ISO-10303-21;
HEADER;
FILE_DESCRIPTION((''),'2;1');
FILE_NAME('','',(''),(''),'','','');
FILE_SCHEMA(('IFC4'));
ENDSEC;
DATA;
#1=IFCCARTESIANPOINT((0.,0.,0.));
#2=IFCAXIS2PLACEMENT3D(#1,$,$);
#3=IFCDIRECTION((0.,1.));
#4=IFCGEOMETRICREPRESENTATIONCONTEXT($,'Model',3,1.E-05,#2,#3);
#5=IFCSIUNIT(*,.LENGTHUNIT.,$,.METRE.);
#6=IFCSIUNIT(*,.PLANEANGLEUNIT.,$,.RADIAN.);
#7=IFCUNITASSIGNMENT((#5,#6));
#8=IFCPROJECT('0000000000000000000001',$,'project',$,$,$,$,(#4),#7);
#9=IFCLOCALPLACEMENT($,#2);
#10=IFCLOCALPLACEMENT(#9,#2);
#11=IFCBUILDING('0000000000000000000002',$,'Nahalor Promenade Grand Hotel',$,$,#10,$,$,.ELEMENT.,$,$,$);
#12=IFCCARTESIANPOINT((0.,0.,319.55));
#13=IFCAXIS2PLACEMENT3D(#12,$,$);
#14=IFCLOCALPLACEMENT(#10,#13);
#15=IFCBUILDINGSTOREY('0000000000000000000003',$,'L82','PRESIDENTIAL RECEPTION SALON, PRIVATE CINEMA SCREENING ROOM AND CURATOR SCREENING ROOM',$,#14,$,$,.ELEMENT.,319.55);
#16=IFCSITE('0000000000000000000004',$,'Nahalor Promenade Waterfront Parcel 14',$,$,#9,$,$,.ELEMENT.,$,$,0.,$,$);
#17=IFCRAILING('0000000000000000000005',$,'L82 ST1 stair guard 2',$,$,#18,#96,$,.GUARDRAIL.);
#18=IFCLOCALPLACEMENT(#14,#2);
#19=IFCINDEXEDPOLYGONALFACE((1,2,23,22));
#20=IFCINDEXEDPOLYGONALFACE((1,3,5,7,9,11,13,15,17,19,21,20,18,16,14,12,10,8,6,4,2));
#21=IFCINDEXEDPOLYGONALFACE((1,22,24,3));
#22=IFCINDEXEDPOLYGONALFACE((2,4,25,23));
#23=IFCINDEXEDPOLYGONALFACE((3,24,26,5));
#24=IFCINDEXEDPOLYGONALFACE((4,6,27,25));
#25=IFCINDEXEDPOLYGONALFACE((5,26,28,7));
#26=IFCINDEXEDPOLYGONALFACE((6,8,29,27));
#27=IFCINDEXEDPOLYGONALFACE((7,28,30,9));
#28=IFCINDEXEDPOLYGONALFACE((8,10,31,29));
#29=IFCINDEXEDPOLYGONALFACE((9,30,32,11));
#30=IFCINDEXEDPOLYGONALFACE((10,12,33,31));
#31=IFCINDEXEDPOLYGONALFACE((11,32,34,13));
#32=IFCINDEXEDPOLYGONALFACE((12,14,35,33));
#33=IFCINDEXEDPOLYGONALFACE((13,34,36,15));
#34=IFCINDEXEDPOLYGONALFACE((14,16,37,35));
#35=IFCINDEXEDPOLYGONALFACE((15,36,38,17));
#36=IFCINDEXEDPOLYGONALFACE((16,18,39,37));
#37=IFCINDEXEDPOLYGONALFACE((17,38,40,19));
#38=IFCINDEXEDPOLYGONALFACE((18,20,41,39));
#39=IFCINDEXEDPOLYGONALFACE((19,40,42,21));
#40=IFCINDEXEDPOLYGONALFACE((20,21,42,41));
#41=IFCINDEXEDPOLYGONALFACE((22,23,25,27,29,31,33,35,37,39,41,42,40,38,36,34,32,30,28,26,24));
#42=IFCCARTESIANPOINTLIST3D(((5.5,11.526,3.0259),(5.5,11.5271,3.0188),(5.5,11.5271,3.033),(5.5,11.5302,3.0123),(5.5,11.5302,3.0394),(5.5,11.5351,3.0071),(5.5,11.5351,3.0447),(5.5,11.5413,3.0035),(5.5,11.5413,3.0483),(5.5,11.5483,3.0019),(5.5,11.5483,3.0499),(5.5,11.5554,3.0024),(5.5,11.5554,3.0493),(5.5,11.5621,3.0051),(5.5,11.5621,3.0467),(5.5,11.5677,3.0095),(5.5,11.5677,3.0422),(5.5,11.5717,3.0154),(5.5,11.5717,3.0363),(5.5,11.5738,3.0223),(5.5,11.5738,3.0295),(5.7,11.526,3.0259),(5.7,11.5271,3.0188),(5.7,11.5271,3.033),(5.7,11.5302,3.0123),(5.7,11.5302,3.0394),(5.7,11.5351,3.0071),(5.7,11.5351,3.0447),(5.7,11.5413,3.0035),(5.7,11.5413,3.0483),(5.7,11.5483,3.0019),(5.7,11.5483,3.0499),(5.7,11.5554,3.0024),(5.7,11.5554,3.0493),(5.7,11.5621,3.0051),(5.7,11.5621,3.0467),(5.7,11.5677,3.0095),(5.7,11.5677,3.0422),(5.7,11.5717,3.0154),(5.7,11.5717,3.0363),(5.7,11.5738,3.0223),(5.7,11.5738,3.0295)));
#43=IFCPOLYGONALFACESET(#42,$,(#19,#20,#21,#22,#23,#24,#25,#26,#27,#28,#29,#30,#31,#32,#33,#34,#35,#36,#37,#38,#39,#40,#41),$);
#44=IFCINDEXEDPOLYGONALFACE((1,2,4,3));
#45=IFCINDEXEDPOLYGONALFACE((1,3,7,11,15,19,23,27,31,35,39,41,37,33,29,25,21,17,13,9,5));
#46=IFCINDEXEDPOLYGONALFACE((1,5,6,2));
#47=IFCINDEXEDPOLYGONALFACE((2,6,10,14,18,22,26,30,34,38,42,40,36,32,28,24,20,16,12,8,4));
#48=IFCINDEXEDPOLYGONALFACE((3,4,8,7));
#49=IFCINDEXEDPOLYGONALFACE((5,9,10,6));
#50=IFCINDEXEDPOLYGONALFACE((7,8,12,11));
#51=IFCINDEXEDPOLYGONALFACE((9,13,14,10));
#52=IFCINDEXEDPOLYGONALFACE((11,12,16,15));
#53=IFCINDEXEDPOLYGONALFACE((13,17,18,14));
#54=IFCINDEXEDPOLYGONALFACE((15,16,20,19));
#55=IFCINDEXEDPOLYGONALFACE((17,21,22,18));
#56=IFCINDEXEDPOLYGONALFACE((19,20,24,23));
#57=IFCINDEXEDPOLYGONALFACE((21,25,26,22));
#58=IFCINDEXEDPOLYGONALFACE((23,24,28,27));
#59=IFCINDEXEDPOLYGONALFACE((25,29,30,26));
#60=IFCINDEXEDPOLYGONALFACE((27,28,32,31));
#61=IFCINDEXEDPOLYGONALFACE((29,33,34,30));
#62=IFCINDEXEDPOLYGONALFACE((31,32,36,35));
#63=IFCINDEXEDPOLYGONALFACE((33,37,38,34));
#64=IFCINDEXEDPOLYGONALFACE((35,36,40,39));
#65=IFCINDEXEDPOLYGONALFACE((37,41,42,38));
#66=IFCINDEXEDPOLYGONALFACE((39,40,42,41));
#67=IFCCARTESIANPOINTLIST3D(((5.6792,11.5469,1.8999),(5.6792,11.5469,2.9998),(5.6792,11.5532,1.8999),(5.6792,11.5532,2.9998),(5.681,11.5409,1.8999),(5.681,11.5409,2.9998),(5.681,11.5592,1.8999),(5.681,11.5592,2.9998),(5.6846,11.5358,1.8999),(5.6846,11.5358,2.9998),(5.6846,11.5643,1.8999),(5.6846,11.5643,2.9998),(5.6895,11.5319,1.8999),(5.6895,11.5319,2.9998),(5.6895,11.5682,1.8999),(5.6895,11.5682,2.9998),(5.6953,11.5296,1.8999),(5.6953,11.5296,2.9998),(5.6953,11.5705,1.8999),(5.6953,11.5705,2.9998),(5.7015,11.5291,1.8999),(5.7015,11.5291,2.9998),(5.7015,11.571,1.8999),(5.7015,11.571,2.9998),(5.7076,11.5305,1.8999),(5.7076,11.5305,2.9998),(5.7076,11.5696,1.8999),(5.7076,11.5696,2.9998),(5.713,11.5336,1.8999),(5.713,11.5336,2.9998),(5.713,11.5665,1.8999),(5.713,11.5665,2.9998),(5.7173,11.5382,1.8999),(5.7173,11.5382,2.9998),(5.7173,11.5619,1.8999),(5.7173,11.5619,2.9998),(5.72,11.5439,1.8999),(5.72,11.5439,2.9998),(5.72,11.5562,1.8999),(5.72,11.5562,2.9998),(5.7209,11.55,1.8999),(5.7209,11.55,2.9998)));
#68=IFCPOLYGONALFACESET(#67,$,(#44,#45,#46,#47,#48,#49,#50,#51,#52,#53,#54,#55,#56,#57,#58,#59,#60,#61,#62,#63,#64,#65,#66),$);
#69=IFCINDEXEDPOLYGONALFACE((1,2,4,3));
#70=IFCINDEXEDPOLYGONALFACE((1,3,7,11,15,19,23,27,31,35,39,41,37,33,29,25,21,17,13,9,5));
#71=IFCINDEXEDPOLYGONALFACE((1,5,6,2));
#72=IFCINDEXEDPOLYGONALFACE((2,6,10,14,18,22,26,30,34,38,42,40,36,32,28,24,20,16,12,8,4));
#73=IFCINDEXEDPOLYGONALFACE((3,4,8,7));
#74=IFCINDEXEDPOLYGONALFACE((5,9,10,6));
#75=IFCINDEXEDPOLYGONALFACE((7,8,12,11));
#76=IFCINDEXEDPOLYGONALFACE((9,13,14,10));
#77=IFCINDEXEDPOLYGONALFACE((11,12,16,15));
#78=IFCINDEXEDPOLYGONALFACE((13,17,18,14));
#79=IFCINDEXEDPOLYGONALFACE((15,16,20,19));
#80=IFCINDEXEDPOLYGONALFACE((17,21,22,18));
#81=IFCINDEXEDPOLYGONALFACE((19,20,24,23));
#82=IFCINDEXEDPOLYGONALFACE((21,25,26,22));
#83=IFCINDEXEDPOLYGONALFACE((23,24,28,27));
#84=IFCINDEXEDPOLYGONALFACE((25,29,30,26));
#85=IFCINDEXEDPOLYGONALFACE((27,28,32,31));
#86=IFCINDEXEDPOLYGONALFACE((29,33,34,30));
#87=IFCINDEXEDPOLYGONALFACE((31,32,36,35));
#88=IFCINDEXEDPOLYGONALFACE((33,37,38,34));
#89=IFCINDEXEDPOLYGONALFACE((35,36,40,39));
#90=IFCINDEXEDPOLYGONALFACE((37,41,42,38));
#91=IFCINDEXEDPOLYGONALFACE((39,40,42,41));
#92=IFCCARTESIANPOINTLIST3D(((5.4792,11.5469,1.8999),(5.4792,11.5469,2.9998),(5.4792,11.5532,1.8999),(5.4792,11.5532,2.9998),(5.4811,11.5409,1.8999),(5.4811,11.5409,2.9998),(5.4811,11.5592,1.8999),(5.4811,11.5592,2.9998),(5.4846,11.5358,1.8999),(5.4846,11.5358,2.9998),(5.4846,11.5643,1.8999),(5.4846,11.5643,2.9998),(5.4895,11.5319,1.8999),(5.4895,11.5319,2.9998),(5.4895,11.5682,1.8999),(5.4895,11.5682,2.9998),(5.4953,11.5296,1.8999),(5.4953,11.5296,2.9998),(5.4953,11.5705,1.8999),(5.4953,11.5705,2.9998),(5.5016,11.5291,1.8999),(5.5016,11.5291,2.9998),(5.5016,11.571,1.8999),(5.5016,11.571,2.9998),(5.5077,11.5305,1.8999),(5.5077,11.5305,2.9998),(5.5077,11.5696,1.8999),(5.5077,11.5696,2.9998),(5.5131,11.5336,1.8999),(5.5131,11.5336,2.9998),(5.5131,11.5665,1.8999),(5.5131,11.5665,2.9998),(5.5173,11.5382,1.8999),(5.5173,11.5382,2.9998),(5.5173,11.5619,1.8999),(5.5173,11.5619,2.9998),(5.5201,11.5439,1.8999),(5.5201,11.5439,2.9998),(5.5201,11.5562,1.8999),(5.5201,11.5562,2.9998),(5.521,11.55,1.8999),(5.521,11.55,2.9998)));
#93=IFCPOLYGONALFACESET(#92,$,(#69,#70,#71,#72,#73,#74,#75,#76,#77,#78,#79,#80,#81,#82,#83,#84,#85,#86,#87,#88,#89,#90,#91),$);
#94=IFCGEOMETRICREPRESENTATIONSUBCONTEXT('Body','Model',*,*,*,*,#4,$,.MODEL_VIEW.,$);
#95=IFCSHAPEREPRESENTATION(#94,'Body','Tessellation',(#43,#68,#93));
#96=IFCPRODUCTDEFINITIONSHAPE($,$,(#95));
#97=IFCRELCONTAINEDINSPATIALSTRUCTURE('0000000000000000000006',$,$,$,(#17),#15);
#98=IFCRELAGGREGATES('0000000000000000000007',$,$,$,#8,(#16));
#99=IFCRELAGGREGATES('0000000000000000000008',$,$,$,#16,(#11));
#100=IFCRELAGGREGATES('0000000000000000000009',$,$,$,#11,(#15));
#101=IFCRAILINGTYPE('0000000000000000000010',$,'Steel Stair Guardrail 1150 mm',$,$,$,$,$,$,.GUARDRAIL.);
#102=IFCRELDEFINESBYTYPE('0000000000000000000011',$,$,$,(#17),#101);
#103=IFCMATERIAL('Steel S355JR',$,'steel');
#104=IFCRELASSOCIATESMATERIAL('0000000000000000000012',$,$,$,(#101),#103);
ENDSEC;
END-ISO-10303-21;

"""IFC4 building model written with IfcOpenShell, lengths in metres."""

from ifc_helpers import new_model, si_unit, direction, frame, origin, origin_2d, place, context, subcontext, project, spatial, circle, extrude, material, type_object, element, save


model = new_model("IFC4")

# Units and contexts
model_context = context("Model", 3, precision=1e-05, world=origin(), true_north=direction((0.0, 1.0)))
body_context = subcontext(model_context, "Body", "Model", "MODEL_VIEW")
ifc_project = project(units=[si_unit("LENGTHUNIT", "METRE"), si_unit("PLANEANGLEUNIT", "RADIAN")], contexts=[model_context])

# Site, building, storey
site_placement = place(None, origin())
site = spatial("IfcSite", under=ifc_project, at=site_placement, Name="Nahalor Promenade Waterfront Parcel 14", CompositionType="ELEMENT", RefElevation=0.0)
building_placement = place(site_placement, origin())
building = spatial("IfcBuilding", under=site, at=building_placement, Name="Nahalor Promenade Grand Hotel", CompositionType="ELEMENT")
storey_placement = place(building_placement, frame((0.0, 0.0, 319.55)))
storey = spatial("IfcBuildingStorey", under=building, at=storey_placement, Name="L82", Description="PRESIDENTIAL RECEPTION SALON, PRIVATE CINEMA SCREENING ROOM AND CURATOR SCREENING ROOM", CompositionType="ELEMENT", Elevation=319.55)

# Shared definitions
ifc_material_1 = material(Name="Steel S355JR", Category="steel")

# Railing
railing_type_1 = type_object("IfcRailingType", Name="Steel Stair Guardrail 1150 mm", PredefinedType="GUARDRAIL", material=ifc_material_1)
railing_1_placement = place(storey_placement, frame((5.7, 11.55, 1.8999)))
element("IfcRailing", 1, at=railing_1_placement, inside=storey, type_object=railing_type_1, Name="L82 ST1 stair guard 2", PredefinedType="GUARDRAIL", context=body_context, shape_type="SweptSolid", body=[
    extrude(circle(Radius=0.024, at=origin_2d()), frame((0.0, 0.0, 1.126), z_axis=(-1.0, 0.0, 0.0), x_axis=(0.0, -1.0, 0.0)), (0.0, 0.0, 1.0), 0.2),
    extrude(circle(Radius=0.021, at=origin_2d()), origin(), (0.0, 0.0, 1.0), 1.0999),
    extrude(circle(Radius=0.021, at=origin_2d()), frame((-0.2, 0.0, 0.0)), (0.0, 0.0, 1.0), 1.0999),
])

save(model, "model.ifc")
